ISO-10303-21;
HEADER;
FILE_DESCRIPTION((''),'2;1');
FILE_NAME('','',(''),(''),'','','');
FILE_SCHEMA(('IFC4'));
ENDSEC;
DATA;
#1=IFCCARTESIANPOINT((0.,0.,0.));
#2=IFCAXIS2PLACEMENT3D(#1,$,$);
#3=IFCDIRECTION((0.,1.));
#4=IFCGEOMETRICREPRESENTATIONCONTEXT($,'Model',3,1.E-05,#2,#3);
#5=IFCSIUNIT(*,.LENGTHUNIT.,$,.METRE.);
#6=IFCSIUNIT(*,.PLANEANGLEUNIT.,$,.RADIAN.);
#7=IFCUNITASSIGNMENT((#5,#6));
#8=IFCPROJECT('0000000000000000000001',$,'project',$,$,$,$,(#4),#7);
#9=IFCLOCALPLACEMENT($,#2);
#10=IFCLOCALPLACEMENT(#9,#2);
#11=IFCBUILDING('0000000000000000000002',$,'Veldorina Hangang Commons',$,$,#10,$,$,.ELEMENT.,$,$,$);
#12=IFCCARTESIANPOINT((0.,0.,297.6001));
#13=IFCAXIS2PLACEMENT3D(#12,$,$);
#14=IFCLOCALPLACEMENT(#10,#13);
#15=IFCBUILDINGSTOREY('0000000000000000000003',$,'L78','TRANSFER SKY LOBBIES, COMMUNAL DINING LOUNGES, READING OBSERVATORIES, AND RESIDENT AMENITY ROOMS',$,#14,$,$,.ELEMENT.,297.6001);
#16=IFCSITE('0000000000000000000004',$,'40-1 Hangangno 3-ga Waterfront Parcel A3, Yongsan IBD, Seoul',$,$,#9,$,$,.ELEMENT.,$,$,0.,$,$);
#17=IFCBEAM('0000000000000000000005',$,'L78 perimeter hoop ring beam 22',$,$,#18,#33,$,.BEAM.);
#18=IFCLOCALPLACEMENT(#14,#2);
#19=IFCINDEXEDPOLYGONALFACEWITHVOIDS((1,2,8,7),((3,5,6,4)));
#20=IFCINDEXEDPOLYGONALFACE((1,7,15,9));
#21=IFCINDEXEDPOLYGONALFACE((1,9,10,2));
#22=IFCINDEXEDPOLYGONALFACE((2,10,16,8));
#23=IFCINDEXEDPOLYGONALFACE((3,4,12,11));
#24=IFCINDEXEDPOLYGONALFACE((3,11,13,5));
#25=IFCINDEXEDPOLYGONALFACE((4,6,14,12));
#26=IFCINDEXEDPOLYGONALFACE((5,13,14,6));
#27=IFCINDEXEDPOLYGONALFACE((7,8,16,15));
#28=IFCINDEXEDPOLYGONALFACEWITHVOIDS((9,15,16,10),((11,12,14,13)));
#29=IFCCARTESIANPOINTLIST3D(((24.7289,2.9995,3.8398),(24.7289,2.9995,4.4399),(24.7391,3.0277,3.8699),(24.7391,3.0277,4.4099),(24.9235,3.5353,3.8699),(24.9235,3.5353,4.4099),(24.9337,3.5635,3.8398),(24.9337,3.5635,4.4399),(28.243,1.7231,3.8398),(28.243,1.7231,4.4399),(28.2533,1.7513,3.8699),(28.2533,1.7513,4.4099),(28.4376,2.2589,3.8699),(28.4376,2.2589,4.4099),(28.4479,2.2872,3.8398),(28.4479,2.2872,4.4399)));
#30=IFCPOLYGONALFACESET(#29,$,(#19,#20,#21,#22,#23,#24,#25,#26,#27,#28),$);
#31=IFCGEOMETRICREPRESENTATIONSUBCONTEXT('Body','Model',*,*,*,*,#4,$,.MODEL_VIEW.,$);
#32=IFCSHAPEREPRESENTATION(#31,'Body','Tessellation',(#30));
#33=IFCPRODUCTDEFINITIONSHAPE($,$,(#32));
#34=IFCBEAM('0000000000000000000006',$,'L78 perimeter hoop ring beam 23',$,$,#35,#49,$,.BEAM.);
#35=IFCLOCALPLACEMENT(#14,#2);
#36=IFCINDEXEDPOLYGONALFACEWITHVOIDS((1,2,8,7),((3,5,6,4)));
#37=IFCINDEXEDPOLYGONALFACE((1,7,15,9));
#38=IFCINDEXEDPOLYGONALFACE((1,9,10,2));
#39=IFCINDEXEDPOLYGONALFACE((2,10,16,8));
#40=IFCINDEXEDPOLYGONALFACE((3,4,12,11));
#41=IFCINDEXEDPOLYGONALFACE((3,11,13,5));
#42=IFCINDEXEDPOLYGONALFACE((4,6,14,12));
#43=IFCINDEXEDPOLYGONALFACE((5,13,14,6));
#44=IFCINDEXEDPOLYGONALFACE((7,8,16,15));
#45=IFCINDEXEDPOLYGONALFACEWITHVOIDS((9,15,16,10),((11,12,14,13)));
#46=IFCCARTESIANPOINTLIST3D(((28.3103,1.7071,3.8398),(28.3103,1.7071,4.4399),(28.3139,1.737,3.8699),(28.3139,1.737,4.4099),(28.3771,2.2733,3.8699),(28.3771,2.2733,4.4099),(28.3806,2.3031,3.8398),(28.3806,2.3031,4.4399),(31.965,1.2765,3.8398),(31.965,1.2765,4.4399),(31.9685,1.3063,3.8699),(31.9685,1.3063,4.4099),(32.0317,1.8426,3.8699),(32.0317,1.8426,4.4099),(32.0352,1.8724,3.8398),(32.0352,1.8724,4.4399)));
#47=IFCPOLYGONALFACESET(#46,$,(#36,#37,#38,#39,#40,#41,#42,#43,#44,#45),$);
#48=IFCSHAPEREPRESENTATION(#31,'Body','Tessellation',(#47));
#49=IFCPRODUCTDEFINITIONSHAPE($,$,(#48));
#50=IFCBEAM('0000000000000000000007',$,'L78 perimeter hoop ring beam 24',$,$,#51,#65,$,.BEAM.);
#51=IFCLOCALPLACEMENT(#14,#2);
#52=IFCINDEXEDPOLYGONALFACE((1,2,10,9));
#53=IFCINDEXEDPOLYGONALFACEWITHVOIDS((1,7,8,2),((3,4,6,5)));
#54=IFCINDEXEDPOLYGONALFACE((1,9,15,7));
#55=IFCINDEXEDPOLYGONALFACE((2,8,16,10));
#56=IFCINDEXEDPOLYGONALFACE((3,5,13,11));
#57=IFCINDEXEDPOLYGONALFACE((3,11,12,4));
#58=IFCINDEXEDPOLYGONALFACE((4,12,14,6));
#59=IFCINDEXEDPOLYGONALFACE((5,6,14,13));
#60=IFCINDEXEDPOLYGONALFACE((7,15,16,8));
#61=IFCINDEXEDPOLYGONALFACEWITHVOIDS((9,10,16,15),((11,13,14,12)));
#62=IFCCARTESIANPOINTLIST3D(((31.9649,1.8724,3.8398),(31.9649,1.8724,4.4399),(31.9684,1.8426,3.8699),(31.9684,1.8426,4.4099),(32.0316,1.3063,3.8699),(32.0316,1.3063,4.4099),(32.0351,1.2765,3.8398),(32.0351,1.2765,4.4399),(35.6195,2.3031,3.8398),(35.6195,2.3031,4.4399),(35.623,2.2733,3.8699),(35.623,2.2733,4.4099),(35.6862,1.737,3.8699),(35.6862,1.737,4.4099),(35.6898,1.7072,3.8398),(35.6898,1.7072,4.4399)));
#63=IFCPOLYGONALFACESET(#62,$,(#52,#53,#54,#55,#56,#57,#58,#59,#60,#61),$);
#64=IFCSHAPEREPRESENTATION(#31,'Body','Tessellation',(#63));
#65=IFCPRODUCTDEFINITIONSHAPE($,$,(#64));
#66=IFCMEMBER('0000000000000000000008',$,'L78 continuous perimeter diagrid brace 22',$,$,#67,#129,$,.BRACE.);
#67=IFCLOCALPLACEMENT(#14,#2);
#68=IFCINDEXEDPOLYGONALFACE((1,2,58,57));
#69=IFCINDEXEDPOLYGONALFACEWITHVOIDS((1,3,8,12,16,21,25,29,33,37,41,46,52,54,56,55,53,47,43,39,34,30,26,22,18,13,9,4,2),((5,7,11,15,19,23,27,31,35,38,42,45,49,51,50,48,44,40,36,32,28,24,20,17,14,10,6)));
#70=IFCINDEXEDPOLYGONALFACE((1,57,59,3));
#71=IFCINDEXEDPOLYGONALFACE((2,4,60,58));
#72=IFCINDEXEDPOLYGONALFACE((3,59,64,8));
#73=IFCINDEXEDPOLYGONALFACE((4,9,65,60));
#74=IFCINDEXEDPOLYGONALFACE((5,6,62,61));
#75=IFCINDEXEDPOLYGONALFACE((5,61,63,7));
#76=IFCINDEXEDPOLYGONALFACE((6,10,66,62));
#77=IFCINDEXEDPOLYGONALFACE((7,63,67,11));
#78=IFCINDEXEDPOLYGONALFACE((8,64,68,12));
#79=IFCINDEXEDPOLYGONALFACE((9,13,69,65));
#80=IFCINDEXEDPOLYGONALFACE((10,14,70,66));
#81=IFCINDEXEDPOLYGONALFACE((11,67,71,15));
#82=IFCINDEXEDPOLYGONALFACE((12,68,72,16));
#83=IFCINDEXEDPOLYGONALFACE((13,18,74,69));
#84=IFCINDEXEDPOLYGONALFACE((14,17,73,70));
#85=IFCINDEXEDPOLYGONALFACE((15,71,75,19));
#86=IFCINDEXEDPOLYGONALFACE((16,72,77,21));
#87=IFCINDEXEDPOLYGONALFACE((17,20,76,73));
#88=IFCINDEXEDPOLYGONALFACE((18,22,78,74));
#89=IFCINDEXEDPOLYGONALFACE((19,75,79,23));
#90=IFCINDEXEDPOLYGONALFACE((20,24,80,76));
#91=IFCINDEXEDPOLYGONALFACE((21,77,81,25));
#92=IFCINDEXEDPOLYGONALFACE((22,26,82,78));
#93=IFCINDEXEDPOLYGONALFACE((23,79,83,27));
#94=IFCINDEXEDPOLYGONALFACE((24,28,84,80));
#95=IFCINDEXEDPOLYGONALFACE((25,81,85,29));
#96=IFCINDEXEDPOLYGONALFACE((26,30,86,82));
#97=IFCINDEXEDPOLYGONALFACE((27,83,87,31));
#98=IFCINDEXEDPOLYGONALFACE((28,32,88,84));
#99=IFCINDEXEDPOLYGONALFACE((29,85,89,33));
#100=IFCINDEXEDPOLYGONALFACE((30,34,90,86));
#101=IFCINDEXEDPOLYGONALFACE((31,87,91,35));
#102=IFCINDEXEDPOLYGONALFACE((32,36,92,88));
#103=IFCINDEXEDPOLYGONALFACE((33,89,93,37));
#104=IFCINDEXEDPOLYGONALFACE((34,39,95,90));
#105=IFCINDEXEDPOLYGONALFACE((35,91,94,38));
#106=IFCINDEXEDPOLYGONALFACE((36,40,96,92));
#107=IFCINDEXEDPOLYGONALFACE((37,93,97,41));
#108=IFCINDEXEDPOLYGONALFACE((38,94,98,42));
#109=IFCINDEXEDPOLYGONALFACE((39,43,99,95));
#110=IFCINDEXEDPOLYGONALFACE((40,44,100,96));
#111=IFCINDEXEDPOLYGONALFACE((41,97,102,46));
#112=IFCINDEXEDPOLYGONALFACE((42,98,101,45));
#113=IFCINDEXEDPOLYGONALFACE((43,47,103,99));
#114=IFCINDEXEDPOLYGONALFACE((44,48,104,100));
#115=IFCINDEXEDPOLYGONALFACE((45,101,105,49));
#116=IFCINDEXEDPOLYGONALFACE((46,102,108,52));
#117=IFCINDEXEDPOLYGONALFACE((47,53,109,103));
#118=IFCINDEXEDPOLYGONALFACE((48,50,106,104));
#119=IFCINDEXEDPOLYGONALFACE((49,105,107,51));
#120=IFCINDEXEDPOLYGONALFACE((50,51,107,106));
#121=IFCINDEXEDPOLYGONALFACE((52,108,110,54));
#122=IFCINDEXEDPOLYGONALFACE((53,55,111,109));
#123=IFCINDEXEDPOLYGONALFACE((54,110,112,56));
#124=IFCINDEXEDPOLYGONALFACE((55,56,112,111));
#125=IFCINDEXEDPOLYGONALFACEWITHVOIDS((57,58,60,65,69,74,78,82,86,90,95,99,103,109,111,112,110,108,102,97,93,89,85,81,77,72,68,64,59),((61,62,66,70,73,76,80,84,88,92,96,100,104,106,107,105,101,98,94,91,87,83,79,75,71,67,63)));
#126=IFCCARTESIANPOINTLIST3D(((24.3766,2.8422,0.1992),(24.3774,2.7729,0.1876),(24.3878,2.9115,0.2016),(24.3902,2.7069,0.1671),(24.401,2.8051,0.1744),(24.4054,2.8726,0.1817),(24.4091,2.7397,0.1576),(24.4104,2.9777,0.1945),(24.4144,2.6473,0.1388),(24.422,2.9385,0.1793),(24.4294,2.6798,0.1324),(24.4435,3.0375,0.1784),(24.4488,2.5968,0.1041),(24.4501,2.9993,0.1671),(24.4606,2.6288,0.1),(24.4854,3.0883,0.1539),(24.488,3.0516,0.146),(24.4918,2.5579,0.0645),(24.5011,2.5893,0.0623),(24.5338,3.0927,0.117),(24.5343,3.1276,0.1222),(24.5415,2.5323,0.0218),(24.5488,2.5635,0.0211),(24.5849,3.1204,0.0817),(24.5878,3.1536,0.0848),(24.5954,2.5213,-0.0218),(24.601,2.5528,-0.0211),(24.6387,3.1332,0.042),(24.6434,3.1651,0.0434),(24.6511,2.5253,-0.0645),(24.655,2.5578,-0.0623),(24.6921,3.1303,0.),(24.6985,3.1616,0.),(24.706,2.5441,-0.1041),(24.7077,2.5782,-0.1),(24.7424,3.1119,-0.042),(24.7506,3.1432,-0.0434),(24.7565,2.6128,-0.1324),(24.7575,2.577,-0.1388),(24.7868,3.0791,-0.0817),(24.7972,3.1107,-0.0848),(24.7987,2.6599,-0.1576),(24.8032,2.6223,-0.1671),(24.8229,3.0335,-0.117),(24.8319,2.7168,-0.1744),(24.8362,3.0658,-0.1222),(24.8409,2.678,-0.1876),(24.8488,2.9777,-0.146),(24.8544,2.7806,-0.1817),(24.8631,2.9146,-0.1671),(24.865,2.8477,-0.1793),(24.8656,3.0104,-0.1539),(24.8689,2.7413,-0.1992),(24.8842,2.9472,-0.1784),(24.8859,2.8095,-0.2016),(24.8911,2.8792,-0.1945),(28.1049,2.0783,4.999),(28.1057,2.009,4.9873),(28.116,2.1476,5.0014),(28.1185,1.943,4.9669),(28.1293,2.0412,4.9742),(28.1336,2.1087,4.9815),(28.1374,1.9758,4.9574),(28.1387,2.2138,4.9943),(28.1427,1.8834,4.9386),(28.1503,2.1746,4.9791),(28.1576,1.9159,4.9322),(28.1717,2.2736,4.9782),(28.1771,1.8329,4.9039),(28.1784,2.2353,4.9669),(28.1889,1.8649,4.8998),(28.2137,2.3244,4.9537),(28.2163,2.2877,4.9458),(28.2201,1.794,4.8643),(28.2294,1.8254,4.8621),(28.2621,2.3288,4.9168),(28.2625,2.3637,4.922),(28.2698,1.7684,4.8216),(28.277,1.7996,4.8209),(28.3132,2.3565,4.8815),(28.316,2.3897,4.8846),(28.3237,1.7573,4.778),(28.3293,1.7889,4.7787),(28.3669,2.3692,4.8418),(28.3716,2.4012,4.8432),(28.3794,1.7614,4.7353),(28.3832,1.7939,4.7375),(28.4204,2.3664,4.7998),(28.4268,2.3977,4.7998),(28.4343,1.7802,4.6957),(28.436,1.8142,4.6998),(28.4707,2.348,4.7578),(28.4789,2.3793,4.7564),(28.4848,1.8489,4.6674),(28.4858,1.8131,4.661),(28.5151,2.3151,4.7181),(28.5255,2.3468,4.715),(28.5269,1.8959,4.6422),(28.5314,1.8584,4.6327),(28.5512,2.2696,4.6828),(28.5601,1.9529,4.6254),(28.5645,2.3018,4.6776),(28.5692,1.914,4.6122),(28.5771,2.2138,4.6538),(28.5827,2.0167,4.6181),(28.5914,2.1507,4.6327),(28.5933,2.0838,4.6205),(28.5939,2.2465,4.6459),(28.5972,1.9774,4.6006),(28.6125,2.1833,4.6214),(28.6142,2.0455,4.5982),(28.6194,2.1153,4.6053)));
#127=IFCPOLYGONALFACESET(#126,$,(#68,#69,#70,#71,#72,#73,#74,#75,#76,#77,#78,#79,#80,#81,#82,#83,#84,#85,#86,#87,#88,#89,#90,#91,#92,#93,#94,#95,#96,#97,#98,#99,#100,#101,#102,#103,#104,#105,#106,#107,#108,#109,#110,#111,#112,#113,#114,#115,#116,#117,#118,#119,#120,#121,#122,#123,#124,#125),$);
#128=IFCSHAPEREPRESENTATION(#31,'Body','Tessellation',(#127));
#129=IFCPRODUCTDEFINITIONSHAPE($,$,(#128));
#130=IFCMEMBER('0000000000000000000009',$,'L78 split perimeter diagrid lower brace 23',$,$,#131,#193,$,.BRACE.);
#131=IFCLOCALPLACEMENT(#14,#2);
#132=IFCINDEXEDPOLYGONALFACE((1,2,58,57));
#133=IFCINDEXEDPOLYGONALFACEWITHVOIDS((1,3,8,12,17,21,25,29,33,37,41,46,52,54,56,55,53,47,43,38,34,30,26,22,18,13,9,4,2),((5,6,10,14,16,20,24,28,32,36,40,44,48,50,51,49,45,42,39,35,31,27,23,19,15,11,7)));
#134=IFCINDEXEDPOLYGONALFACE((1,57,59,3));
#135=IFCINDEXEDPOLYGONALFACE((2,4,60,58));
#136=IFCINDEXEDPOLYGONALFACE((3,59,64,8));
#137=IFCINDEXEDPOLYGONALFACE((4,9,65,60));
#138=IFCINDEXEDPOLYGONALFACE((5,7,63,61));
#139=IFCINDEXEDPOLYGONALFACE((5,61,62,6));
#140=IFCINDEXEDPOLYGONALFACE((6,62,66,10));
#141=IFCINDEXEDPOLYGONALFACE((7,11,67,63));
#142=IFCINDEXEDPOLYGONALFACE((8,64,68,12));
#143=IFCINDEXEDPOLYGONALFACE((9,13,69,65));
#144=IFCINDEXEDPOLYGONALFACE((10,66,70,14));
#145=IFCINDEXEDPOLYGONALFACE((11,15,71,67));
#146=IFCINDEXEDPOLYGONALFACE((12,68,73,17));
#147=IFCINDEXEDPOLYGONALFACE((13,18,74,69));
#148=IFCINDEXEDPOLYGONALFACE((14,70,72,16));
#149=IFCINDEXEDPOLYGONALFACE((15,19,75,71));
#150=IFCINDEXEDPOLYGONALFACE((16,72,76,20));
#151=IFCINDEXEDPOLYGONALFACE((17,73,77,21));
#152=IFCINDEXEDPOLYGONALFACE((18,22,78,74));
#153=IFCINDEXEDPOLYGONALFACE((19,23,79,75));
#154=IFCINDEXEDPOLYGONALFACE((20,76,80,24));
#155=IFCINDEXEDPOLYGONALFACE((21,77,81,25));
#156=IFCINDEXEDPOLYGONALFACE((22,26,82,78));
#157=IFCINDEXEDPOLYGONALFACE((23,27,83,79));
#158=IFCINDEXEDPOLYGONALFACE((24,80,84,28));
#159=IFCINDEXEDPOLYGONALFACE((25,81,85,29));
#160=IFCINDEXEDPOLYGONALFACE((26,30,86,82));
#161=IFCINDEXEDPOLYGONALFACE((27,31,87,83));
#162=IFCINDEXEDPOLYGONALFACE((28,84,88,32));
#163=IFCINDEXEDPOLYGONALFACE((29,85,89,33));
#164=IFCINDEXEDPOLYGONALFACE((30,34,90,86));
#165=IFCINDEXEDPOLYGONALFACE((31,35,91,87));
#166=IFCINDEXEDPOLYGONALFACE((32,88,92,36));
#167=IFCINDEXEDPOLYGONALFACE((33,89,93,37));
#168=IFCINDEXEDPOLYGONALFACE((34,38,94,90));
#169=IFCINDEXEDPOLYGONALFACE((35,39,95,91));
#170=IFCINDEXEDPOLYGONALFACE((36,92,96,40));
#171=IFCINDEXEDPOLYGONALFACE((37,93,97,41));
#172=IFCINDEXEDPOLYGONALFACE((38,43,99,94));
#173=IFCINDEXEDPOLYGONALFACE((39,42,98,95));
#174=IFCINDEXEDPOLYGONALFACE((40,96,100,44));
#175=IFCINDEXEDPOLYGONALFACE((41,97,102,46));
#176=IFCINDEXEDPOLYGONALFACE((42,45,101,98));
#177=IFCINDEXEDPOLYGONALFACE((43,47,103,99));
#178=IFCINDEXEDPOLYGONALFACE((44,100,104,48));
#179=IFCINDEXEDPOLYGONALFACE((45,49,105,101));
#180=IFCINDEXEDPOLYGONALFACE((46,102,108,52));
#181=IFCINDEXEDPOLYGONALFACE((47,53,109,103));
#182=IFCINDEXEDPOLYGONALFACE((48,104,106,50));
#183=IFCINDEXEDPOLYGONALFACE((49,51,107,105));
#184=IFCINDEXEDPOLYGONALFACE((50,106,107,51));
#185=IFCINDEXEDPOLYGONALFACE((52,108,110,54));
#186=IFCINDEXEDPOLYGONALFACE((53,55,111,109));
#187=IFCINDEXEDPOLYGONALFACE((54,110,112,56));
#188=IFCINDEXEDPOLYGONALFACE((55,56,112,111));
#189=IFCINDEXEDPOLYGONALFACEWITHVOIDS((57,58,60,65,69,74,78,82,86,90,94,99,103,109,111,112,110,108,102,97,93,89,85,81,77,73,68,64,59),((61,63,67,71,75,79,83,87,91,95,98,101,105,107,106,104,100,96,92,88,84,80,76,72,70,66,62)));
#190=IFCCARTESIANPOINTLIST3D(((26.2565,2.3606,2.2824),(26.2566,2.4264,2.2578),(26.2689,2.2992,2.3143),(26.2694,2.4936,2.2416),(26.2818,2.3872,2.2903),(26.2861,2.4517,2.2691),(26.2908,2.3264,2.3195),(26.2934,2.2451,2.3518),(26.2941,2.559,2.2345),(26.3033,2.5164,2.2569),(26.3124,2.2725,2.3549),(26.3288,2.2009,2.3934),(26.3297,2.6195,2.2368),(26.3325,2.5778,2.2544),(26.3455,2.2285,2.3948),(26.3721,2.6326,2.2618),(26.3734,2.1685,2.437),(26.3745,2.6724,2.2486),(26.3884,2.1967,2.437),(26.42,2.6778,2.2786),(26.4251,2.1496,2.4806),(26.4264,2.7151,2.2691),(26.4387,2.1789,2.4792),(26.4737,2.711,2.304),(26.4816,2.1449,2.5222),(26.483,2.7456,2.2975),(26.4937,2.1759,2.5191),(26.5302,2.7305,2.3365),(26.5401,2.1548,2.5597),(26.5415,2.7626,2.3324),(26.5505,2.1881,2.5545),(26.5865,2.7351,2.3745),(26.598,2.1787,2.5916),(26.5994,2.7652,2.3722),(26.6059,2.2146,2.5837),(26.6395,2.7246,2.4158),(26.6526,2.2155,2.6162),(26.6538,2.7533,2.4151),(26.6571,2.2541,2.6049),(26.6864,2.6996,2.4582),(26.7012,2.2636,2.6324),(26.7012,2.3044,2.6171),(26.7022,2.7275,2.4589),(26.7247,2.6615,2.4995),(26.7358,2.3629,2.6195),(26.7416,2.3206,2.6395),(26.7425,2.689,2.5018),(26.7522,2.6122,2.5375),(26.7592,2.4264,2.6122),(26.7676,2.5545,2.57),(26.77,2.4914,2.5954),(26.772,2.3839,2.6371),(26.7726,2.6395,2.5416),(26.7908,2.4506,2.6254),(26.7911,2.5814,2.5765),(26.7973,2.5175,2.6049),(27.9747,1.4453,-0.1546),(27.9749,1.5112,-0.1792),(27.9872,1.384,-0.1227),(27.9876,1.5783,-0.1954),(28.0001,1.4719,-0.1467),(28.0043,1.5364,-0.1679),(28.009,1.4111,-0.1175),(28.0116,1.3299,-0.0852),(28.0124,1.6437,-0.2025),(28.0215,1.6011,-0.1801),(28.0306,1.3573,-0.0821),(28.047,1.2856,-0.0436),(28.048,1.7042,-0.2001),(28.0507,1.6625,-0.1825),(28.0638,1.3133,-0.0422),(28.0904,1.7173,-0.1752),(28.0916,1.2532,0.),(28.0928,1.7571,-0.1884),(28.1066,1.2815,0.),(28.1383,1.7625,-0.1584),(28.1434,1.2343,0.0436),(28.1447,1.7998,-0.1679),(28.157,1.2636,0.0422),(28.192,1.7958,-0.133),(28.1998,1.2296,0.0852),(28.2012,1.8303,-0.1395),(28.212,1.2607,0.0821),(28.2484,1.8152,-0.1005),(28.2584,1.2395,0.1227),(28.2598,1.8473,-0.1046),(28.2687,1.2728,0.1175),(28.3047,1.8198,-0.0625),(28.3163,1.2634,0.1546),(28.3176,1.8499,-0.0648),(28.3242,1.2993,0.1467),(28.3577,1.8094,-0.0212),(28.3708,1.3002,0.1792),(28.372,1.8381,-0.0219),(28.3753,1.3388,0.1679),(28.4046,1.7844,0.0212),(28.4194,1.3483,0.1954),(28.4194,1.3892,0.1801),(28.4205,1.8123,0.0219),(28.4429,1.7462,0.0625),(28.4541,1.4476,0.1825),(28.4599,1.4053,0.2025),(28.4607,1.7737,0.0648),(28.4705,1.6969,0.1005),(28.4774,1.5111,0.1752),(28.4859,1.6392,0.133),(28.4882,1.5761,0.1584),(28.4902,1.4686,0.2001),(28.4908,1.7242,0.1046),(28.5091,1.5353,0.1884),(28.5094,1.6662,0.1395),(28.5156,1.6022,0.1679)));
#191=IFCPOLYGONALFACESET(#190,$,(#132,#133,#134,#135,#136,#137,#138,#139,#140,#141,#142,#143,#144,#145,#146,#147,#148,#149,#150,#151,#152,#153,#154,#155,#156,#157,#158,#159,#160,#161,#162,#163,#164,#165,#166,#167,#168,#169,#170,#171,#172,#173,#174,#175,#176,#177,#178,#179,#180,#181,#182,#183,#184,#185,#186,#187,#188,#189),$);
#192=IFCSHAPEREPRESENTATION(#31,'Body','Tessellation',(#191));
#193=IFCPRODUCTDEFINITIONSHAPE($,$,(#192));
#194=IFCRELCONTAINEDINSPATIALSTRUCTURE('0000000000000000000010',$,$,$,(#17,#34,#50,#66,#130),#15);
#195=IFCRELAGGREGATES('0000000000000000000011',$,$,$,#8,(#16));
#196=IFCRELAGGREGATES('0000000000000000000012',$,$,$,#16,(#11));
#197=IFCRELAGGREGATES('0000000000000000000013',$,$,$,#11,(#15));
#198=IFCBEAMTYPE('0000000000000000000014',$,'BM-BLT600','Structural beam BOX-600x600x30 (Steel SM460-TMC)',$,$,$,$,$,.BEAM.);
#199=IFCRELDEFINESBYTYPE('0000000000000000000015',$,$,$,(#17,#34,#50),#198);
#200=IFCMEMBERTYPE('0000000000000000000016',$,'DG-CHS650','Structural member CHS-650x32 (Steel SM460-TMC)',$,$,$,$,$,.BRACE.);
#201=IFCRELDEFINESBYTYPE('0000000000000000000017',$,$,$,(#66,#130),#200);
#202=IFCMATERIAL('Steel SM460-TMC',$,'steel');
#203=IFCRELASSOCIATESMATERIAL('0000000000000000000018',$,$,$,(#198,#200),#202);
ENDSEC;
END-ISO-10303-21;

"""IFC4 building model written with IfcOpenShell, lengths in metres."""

from ifc_helpers import new_model, si_unit, direction, frame, origin, origin_2d, place, context, subcontext, project, spatial, hollow_rectangle, hollow_circle, extrude, material, material_profile, profile_set, type_object, element, save


model = new_model("IFC4")

# Units and contexts
model_context = context("Model", 3, precision=1e-05, world=origin(), true_north=direction((0.0, 1.0)))
body_context = subcontext(model_context, "Body", "Model", "MODEL_VIEW")
ifc_project = project(units=[si_unit("LENGTHUNIT", "METRE"), si_unit("PLANEANGLEUNIT", "RADIAN")], contexts=[model_context])

# Site, building, storey
site_placement = place(None, origin())
site = spatial("IfcSite", under=ifc_project, at=site_placement, Name="40-1 Hangangno 3-ga Waterfront Parcel A3, Yongsan IBD, Seoul", CompositionType="ELEMENT", RefElevation=0.0)
building_placement = place(site_placement, origin())
building = spatial("IfcBuilding", under=site, at=building_placement, Name="Veldorina Hangang Commons", CompositionType="ELEMENT")
storey_placement = place(building_placement, frame((0.0, 0.0, 297.6001)))
storey = spatial("IfcBuildingStorey", under=building, at=storey_placement, Name="L78", Description="TRANSFER SKY LOBBIES, COMMUNAL DINING LOUNGES, READING OBSERVATORIES, AND RESIDENT AMENITY ROOMS", CompositionType="ELEMENT", Elevation=297.6001)

# Beams
ifc_material_1 = material(Name="Steel SM460-TMC", Category="steel")
ifc_material_profile_1 = material_profile(ifc_material_1, hollow_rectangle(XDim=0.6001, YDim=0.6001, WallThickness=0.03, at=origin_2d()), Name="BOX-600x600x30")
ifc_profile_set_1 = profile_set([ifc_material_profile_1], Name="Steel SM460-TMC")
beam_type = type_object("IfcBeamType", Name="BM-BLT600", Description="Structural beam BOX-600x600x30 (Steel SM460-TMC)", PredefinedType="BEAM", material=ifc_profile_set_1)
beam_placement = place(storey_placement, frame((24.8313, 3.2815, 4.1399), z_axis=(0.939923, -0.341387, 0.0), x_axis=(0.341387, 0.939923, 0.0)))
element("IfcBeam", 1, at=beam_placement, inside=storey, type_object=beam_type, Name="L78 perimeter hoop ring beam 22", PredefinedType="BEAM", context=body_context, shape_type="SweptSolid", body=[
    extrude(hollow_rectangle(XDim=0.6001, YDim=0.6001, WallThickness=0.03, at=origin_2d()), origin(), (0.0, 0.0, 1.0), 3.7388),
])
for number, where, z_axis, x_axis, name in (
    (2, (28.3455, 2.0051, 4.1399), (0.993128, -0.117034, 0.0), (0.117034, 0.993128, 0.0), "L78 perimeter hoop ring beam 23"),
    (3, (32.0, 1.5745, 4.1399), (0.993128, 0.117034, 0.0), (-0.117034, 0.993128, 0.0), "L78 perimeter hoop ring beam 24"),
):
    element("IfcBeam", number, at=place(storey_placement, frame(where, z_axis=z_axis, x_axis=x_axis)), inside=storey, type_object=beam_type, Name=name, PredefinedType="BEAM", context=body_context, shape_type="SweptSolid", body=[
        extrude(hollow_rectangle(XDim=0.6001, YDim=0.6001, WallThickness=0.03, at=origin_2d()), origin(), (0.0, 0.0, 1.0), 3.6799),
    ])

# Members
ifc_material_profile_2 = material_profile(ifc_material_1, hollow_circle(Radius=0.325, WallThickness=0.032, at=origin_2d()), Name="CHS-650x32")
ifc_profile_set_2 = profile_set([ifc_material_profile_2], Name="Steel SM460-TMC")
member_type_1 = type_object("IfcMemberType", Name="DG-CHS650", Description="Structural member CHS-650x32 (Steel SM460-TMC)", PredefinedType="BRACE", material=ifc_profile_set_2)
member_1_placement = place(storey_placement, frame((24.6333, 2.8433, 0.0), z_axis=(0.608648, -0.124711, 0.783578), x_axis=(0.200728, 0.979647, 0.0)))
element("IfcMember", 4, at=member_1_placement, inside=storey, type_object=member_type_1, Name="L78 continuous perimeter diagrid brace 22", PredefinedType="BRACE", context=body_context, shape_type="SweptSolid", body=[
    extrude(hollow_circle(Radius=0.325, WallThickness=0.032, at=origin_2d()), origin(), (0.0, 0.0, 1.0), 6.1255),
])
member_2_placement = place(storey_placement, frame((28.2444, 1.54, 0.0), z_axis=(-0.550872, 0.293438, 0.781302), x_axis=(-0.470139, -0.882592, 0.0)))
element("IfcMember", 5, at=member_2_placement, inside=storey, type_object=member_type_1, Name="L78 split perimeter diagrid lower brace 23", PredefinedType="BRACE", context=body_context, shape_type="SweptSolid", body=[
    extrude(hollow_circle(Radius=0.325, WallThickness=0.032, at=origin_2d()), origin(), (0.0, 0.0, 1.0), 3.1191),
])

save(model, "model.ifc")
